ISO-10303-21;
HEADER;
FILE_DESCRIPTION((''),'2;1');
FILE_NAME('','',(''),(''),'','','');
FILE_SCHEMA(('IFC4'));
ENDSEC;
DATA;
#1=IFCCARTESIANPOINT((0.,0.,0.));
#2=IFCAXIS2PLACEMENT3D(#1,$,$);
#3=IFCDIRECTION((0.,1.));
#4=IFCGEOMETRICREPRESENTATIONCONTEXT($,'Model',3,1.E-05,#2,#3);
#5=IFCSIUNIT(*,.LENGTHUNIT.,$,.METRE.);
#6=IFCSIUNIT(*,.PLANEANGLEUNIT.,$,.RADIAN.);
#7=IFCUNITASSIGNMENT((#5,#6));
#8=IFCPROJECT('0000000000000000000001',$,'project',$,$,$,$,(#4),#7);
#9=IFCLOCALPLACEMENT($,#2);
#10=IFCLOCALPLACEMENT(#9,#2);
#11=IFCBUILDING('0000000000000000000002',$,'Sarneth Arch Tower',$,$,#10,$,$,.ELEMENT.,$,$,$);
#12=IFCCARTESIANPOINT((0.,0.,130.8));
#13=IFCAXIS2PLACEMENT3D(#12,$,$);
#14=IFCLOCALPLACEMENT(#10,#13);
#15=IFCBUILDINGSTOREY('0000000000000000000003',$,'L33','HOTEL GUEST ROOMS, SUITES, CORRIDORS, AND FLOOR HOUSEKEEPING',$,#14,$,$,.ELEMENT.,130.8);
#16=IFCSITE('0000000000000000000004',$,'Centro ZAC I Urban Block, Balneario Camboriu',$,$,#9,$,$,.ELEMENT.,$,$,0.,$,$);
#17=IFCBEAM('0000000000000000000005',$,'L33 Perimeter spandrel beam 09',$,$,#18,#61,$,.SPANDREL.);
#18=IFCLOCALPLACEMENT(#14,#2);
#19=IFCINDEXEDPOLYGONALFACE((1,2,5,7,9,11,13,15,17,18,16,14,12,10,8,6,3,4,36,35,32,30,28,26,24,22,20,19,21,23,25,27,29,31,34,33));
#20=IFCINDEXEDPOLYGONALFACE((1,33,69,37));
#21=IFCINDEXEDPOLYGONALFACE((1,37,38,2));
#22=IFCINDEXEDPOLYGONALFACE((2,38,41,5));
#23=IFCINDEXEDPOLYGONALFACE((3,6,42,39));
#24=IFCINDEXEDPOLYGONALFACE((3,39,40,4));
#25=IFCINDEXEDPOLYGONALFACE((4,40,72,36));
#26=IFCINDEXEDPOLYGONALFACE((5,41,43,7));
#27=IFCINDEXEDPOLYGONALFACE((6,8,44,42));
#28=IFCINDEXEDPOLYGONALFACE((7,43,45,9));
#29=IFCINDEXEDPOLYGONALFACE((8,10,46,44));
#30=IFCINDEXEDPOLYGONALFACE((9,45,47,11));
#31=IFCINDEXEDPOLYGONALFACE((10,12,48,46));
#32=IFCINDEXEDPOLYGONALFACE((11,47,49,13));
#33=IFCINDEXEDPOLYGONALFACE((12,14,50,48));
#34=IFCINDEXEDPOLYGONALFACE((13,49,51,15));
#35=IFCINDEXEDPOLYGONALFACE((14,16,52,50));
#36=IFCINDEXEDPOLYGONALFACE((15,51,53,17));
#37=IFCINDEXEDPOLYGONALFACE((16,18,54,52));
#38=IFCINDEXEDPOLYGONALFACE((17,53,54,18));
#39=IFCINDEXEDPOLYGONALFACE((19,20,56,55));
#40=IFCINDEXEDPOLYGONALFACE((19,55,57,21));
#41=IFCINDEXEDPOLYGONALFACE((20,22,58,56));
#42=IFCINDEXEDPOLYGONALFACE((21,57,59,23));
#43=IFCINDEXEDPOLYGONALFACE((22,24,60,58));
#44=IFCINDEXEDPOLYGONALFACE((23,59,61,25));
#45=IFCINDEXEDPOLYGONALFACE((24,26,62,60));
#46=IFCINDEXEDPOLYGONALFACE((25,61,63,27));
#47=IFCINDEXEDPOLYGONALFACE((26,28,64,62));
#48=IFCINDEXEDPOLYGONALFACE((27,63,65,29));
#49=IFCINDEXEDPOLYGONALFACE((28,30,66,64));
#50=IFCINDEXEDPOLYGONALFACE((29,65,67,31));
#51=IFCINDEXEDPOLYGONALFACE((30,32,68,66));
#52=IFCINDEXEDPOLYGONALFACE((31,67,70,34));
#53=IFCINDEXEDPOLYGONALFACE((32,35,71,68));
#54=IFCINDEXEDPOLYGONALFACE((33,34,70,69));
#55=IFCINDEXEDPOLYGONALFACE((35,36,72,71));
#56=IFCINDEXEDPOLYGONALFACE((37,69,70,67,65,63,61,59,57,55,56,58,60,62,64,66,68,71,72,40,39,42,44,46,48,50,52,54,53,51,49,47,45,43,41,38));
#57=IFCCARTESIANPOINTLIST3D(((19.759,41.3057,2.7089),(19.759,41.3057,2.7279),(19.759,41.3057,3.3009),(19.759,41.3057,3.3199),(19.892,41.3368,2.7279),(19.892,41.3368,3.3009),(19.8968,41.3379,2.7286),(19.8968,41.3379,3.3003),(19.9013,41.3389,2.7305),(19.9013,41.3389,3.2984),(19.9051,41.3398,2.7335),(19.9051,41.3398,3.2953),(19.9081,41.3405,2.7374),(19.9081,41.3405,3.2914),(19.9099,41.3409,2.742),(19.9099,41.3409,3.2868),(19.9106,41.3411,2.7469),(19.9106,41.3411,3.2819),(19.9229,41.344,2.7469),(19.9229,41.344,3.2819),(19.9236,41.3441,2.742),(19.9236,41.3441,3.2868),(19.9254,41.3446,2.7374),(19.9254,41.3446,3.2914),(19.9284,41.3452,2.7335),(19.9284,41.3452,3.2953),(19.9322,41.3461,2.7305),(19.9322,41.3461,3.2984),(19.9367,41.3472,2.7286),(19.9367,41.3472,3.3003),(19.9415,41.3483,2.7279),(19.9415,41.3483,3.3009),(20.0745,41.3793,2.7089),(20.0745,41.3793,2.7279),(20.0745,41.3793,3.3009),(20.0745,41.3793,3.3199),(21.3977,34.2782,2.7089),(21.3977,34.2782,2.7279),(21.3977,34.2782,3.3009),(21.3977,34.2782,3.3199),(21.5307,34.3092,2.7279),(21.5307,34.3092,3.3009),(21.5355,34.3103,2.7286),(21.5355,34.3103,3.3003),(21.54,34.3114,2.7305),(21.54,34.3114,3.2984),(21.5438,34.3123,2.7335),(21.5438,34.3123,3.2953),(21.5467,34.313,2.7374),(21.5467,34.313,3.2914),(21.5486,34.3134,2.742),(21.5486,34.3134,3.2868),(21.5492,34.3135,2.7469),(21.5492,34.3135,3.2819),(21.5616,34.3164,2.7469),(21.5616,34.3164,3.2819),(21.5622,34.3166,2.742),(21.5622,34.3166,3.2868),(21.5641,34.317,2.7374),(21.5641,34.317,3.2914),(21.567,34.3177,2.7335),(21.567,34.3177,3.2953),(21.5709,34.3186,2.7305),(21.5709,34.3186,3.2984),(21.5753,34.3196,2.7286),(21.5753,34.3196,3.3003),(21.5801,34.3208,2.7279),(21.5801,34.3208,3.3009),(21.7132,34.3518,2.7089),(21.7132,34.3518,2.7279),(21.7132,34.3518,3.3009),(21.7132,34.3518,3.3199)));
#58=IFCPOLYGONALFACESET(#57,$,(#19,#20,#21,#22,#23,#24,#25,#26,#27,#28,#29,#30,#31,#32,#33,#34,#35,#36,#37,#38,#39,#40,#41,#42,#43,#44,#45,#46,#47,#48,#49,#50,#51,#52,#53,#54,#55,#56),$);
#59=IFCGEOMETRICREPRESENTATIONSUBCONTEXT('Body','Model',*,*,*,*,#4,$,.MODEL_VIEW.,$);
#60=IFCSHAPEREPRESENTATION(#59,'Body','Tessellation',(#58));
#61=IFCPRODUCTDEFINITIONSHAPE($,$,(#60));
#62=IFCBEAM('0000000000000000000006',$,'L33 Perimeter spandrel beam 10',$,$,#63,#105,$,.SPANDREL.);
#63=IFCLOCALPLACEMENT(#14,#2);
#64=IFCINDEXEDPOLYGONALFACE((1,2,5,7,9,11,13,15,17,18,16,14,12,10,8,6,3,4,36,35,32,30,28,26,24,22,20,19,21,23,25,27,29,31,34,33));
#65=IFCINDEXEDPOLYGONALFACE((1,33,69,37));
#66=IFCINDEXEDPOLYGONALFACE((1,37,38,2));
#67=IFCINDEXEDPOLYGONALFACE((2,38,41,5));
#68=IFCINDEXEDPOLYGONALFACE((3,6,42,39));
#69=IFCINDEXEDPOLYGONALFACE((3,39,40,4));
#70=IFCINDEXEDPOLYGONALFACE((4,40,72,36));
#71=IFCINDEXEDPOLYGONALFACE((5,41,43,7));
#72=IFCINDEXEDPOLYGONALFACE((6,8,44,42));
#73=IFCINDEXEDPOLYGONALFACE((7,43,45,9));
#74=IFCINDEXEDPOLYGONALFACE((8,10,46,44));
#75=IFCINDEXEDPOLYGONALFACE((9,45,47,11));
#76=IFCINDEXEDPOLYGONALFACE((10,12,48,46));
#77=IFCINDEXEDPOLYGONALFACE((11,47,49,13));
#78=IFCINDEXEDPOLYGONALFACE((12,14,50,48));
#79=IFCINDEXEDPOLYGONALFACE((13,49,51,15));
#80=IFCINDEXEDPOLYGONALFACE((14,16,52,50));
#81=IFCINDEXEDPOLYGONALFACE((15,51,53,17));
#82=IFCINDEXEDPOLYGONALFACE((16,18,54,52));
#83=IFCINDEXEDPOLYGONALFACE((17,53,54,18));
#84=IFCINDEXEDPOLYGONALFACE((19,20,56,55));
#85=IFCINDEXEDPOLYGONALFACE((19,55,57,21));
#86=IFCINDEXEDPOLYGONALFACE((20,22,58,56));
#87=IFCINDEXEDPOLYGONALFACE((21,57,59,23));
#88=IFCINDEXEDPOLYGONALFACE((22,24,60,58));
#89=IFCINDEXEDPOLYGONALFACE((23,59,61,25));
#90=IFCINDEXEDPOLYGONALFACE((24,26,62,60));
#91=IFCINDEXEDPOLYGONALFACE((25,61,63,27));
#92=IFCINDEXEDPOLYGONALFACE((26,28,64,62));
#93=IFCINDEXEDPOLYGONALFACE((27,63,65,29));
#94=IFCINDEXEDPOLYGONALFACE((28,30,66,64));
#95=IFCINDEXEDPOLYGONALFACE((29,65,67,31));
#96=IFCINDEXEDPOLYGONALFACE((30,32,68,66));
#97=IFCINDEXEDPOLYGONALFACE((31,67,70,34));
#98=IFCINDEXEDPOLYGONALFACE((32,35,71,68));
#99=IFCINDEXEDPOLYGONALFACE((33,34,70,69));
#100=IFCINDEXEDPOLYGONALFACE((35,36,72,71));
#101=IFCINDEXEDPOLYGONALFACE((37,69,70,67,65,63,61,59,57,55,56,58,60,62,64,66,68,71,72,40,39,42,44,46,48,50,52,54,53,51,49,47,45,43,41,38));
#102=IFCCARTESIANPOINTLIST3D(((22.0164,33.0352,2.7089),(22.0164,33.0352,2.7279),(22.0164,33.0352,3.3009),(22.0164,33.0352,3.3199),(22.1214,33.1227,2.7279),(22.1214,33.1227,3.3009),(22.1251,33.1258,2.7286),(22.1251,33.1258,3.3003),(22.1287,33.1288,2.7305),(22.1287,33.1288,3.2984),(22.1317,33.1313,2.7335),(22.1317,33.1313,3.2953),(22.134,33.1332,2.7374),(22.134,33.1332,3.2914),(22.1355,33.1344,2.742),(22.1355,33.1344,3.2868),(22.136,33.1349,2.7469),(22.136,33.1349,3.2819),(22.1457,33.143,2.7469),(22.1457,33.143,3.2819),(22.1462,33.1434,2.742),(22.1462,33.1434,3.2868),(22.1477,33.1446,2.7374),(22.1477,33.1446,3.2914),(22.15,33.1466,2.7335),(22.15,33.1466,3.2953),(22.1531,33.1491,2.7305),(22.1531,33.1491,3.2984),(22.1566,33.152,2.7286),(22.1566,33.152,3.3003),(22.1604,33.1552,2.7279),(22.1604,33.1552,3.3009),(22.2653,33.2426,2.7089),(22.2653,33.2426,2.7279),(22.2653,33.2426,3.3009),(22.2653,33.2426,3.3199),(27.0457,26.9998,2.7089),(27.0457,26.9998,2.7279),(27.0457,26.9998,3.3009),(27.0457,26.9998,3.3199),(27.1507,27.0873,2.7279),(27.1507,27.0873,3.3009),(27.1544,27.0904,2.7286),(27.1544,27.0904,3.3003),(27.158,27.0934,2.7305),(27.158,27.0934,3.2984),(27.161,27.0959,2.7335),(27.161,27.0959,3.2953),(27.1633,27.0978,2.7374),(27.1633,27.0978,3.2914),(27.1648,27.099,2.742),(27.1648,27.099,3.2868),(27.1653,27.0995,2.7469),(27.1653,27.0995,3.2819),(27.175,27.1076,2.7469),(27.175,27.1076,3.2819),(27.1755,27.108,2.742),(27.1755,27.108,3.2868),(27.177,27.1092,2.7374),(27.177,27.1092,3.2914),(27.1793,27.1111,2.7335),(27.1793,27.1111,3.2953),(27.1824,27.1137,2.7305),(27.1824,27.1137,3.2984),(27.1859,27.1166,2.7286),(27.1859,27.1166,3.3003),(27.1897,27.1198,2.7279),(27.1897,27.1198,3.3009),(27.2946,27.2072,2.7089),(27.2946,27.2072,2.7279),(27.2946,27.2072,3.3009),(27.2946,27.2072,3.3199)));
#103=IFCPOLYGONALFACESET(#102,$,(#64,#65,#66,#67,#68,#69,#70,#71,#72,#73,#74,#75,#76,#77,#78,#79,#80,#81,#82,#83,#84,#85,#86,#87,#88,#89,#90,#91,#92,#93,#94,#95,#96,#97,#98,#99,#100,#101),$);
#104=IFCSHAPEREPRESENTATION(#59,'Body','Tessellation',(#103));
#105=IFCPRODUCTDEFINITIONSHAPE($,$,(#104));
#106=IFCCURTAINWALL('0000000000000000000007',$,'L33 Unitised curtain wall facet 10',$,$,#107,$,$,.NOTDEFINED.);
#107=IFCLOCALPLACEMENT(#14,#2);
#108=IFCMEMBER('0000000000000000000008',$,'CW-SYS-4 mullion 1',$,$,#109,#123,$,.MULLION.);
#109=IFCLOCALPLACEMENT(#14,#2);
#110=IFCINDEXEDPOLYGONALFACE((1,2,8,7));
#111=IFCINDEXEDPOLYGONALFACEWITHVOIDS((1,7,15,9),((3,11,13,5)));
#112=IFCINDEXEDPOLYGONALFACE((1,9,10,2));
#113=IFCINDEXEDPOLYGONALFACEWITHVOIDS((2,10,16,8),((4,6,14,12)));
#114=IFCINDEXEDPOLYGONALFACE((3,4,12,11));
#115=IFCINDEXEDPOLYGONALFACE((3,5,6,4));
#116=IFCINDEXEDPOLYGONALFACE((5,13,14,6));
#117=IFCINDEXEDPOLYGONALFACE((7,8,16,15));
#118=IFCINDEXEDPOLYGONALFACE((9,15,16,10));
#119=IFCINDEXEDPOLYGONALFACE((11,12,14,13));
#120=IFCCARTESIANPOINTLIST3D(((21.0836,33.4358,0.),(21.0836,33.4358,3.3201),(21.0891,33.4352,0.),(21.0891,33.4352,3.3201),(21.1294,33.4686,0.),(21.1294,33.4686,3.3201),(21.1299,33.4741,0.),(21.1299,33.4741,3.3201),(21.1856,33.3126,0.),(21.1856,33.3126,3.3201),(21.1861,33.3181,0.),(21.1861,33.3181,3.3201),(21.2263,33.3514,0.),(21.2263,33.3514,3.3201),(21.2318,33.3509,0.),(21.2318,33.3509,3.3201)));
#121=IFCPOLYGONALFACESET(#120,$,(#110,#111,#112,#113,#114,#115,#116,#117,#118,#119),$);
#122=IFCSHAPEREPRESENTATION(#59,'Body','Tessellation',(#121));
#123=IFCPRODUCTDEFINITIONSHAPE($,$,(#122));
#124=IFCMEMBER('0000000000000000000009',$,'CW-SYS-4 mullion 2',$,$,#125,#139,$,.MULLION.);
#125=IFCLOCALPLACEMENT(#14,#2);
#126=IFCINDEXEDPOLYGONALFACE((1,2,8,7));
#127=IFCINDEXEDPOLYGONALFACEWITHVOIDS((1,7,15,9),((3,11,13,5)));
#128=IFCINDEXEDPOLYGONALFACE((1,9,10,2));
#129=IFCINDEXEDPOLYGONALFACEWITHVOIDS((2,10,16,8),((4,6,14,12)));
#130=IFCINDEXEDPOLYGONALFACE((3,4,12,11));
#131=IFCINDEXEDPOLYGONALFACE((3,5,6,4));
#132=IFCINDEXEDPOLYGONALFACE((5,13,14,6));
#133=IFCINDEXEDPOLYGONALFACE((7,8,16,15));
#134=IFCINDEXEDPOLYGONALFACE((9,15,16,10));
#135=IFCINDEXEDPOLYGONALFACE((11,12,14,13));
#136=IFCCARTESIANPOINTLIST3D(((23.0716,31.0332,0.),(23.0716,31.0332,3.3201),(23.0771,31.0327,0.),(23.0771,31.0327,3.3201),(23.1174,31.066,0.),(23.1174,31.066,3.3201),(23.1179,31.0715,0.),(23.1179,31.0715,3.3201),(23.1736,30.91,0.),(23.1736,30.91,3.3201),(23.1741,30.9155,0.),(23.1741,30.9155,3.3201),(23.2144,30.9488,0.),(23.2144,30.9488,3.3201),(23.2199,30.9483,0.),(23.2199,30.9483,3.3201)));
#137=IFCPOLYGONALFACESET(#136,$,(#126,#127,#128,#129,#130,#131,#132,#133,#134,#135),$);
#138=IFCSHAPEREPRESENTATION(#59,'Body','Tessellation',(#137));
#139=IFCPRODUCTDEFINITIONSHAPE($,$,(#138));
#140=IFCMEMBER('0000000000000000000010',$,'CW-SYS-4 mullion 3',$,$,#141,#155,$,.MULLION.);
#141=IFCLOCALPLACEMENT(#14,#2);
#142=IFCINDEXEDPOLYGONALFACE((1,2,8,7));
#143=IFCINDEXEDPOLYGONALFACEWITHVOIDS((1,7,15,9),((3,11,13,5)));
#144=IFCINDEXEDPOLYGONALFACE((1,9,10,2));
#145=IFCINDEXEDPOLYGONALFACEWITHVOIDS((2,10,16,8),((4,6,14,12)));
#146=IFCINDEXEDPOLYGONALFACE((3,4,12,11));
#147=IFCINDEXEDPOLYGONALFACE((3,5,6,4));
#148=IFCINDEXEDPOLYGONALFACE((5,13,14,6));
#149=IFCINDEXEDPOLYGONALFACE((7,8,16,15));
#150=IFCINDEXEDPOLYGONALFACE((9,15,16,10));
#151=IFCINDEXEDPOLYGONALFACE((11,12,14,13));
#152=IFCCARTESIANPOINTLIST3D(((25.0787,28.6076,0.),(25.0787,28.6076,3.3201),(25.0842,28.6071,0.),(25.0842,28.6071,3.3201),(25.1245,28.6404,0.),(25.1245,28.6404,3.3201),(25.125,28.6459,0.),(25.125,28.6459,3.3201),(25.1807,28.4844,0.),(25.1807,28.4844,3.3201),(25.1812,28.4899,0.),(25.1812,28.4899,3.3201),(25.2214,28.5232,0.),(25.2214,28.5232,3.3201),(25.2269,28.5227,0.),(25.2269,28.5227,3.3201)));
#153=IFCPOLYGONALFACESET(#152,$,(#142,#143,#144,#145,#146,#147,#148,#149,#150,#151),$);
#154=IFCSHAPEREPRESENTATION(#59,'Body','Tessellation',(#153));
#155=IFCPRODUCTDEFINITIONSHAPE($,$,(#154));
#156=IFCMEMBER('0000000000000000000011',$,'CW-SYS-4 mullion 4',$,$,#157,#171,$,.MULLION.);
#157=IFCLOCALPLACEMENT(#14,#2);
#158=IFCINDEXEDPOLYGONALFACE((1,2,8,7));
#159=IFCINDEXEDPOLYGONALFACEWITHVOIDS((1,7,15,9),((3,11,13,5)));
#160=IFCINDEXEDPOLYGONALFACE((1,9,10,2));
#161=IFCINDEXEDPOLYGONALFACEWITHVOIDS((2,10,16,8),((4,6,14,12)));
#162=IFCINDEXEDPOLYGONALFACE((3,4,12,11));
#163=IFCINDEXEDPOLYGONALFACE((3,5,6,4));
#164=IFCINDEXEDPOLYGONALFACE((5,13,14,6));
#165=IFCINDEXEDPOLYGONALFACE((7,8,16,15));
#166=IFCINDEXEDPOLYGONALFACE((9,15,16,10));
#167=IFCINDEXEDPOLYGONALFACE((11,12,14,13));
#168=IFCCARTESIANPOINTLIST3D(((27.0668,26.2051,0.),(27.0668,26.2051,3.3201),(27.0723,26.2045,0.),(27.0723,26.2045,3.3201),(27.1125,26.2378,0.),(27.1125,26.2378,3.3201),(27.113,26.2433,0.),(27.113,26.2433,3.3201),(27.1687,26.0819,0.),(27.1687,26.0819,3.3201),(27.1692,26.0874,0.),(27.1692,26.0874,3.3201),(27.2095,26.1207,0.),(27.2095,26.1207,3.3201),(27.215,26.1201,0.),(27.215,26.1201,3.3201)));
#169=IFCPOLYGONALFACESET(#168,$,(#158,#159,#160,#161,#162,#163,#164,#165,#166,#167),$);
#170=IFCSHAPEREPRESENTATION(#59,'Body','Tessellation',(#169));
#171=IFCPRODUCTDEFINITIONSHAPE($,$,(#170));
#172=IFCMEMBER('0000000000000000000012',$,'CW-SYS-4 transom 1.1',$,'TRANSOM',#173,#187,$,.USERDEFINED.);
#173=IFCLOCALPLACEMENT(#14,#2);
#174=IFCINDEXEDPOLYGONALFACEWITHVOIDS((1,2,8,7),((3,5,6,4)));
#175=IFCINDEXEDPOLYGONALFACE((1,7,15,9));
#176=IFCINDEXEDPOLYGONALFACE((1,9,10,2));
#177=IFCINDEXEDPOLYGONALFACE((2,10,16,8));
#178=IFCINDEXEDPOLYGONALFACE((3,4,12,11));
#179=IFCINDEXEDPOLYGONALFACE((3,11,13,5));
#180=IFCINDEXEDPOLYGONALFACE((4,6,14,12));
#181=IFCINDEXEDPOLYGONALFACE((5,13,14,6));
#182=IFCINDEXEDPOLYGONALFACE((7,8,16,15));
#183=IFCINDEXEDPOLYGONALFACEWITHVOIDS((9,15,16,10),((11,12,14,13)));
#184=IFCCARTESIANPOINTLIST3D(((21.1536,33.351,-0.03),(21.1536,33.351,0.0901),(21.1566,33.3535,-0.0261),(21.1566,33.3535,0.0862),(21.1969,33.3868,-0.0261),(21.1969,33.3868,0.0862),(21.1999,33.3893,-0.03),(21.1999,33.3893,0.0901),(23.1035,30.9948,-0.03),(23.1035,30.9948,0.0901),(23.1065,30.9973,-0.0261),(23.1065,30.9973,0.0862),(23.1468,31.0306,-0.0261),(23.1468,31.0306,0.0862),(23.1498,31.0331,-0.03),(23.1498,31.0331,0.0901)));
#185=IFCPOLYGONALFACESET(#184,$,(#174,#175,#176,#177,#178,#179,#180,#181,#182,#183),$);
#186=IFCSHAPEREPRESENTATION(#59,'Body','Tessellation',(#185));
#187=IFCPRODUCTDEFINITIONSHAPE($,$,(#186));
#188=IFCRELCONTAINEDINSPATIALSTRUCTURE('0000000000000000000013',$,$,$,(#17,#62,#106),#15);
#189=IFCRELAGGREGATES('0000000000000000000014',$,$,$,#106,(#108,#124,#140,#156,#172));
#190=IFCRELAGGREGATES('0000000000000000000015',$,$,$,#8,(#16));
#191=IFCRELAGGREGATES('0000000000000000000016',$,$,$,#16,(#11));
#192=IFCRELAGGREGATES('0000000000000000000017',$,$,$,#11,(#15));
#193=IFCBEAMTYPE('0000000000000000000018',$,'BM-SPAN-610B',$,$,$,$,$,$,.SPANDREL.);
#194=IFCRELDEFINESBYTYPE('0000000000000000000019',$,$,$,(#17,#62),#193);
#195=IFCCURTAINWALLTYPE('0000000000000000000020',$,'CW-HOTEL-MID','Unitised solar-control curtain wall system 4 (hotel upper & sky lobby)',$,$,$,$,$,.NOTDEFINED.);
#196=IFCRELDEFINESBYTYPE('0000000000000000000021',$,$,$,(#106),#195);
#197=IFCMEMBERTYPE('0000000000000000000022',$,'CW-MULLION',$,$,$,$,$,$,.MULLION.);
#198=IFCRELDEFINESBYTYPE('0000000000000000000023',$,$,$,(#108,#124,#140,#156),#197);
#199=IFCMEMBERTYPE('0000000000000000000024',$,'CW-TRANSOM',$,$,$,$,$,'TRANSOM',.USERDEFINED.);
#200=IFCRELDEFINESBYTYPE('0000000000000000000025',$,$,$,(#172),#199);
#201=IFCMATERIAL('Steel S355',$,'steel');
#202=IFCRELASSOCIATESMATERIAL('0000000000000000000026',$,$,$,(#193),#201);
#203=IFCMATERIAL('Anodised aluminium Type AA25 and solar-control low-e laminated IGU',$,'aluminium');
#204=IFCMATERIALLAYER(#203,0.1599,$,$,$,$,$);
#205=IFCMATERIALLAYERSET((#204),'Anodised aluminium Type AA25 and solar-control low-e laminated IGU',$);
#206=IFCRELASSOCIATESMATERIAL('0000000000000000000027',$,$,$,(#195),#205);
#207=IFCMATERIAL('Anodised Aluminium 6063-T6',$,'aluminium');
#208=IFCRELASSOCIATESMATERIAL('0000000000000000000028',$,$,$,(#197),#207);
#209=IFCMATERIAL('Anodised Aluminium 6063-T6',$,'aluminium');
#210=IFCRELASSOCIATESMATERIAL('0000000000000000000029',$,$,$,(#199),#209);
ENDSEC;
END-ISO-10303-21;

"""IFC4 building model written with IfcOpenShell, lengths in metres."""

from ifc_helpers import new_model, si_unit, direction, frame, origin, origin_2d, place, context, subcontext, project, spatial, hollow_rectangle, i_section, extrude, material, layer, layer_set, material_profile, profile_set, type_object, element, aggregate, save


model = new_model("IFC4")

# Units and contexts
model_context = context("Model", 3, precision=1e-05, world=origin(), true_north=direction((0.0, 1.0)))
body_context = subcontext(model_context, "Body", "Model", "MODEL_VIEW")
ifc_project = project(units=[si_unit("LENGTHUNIT", "METRE"), si_unit("PLANEANGLEUNIT", "RADIAN")], contexts=[model_context])

# Site, building, storey
site_placement = place(None, origin())
site = spatial("IfcSite", under=ifc_project, at=site_placement, Name="Centro ZAC I Urban Block, Balneario Camboriu", CompositionType="ELEMENT", RefElevation=0.0)
building_placement = place(site_placement, origin())
building = spatial("IfcBuilding", under=site, at=building_placement, Name="Sarneth Arch Tower", CompositionType="ELEMENT")
storey_placement = place(building_placement, frame((0.0, 0.0, 130.8)))
storey = spatial("IfcBuildingStorey", under=building, at=storey_placement, Name="L33", Description="HOTEL GUEST ROOMS, SUITES, CORRIDORS, AND FLOOR HOUSEKEEPING", CompositionType="ELEMENT", Elevation=130.8)

# Beams
ifc_material_1 = material(Name="Steel S355", Category="steel")
ifc_material_profile_1 = material_profile(ifc_material_1, i_section(OverallWidth=0.324, OverallDepth=0.6111, WebThickness=0.0127, FlangeThickness=0.019, FilletRadius=0.019, at=origin_2d()), Name="W610x155")
ifc_profile_set_1 = profile_set([ifc_material_profile_1], Name="Steel S355")
beam_type = type_object("IfcBeamType", Name="BM-SPAN-610B", PredefinedType="SPANDREL", material=ifc_profile_set_1)
beam_1_placement = place(storey_placement, frame((19.9167, 41.3425, 3.0144), z_axis=(0.227085, -0.973875, 0.0), x_axis=(0.973875, 0.227085, 0.0)))
element("IfcBeam", 1, at=beam_1_placement, inside=storey, type_object=beam_type, Name="L33 Perimeter spandrel beam 09", PredefinedType="SPANDREL", context=body_context, shape_type="SweptSolid", body=[
    extrude(i_section(OverallWidth=0.324, OverallDepth=0.6111, WebThickness=0.0127, FlangeThickness=0.019, FilletRadius=0.019, at=origin_2d()), origin(), (0.0, 0.0, 1.0), 7.2161),
])
beam_2_placement = place(storey_placement, frame((22.1409, 33.1389, 3.0144), z_axis=(0.640169, -0.768234, 0.0), x_axis=(0.768234, 0.640169, 0.0)))
element("IfcBeam", 2, at=beam_2_placement, inside=storey, type_object=beam_type, Name="L33 Perimeter spandrel beam 10", PredefinedType="SPANDREL", context=body_context, shape_type="SweptSolid", body=[
    extrude(i_section(OverallWidth=0.324, OverallDepth=0.6111, WebThickness=0.0127, FlangeThickness=0.019, FilletRadius=0.019, at=origin_2d()), origin(), (0.0, 0.0, 1.0), 7.8562),
])

# Curtain wall, members
ifc_material_2 = material(Name="Anodised aluminium Type AA25 and solar-control low-e laminated IGU", Category="aluminium")
ifc_layer_1 = layer(ifc_material_2, 0.1599)
ifc_layer_set_1 = layer_set([ifc_layer_1], Name="Anodised aluminium Type AA25 and solar-control low-e laminated IGU")
curtain_wall_type = type_object("IfcCurtainWallType", Name="CW-HOTEL-MID", Description="Unitised solar-control curtain wall system 4 (hotel upper & sky lobby)", PredefinedType="NOTDEFINED", material=ifc_layer_set_1)
curtain_wall_placement = place(storey_placement, origin())
curtain_wall = element("IfcCurtainWall", 3, at=curtain_wall_placement, inside=storey, type_object=curtain_wall_type, Name="L33 Unitised curtain wall facet 10", PredefinedType="NOTDEFINED")
ifc_material_3 = material(Name="Anodised Aluminium 6063-T6", Category="aluminium")
ifc_material_profile_2 = material_profile(ifc_material_3, hollow_rectangle(XDim=0.0601, YDim=0.1599, WallThickness=0.0039, at=origin_2d()), Name="AL-MULL-160x60x4")
ifc_profile_set_2 = profile_set([ifc_material_profile_2], Name="Anodised Aluminium 6063-T6")
member_type_1 = type_object("IfcMemberType", Name="CW-MULLION", PredefinedType="MULLION", material=ifc_profile_set_2)
member_1_placement = place(storey_placement, frame((21.1577, 33.3933, 0.0), z_axis=(0.0, 0.0, 1.0), x_axis=(0.770438, 0.637515, 0.0)))
member_1 = element("IfcMember", 4, at=member_1_placement, type_object=member_type_1, Name="CW-SYS-4 mullion 1", PredefinedType="MULLION", context=body_context, shape_type="SweptSolid", body=[
    extrude(hollow_rectangle(XDim=0.0601, YDim=0.1599, WallThickness=0.0039, at=origin_2d()), origin(), (0.0, 0.0, 1.0), 3.3201),
])
member_2_placement = place(storey_placement, frame((23.1458, 30.9907, 0.0), z_axis=(0.0, 0.0, 1.0), x_axis=(0.770438, 0.637515, 0.0)))
member_2 = element("IfcMember", 5, at=member_2_placement, type_object=member_type_1, Name="CW-SYS-4 mullion 2", PredefinedType="MULLION", context=body_context, shape_type="SweptSolid", body=[
    extrude(hollow_rectangle(XDim=0.0601, YDim=0.1599, WallThickness=0.0039, at=origin_2d()), origin(), (0.0, 0.0, 1.0), 3.3201),
])
member_3_placement = place(storey_placement, frame((25.1528, 28.5652, 0.0), z_axis=(0.0, 0.0, 1.0), x_axis=(0.770438, 0.637515, 0.0)))
member_3 = element("IfcMember", 6, at=member_3_placement, type_object=member_type_1, Name="CW-SYS-4 mullion 3", PredefinedType="MULLION", context=body_context, shape_type="SweptSolid", body=[
    extrude(hollow_rectangle(XDim=0.0601, YDim=0.1599, WallThickness=0.0039, at=origin_2d()), origin(), (0.0, 0.0, 1.0), 3.3201),
])
member_4_placement = place(storey_placement, frame((27.1409, 26.1626, 0.0), z_axis=(0.0, 0.0, 1.0), x_axis=(0.770438, 0.637515, 0.0)))
member_4 = element("IfcMember", 7, at=member_4_placement, type_object=member_type_1, Name="CW-SYS-4 mullion 4", PredefinedType="MULLION", context=body_context, shape_type="SweptSolid", body=[
    extrude(hollow_rectangle(XDim=0.0601, YDim=0.1599, WallThickness=0.0039, at=origin_2d()), origin(), (0.0, 0.0, 1.0), 3.3201),
])
ifc_material_4 = material(Name="Anodised Aluminium 6063-T6", Category="aluminium")
ifc_material_profile_3 = material_profile(ifc_material_4, hollow_rectangle(XDim=0.0601, YDim=0.1201, WallThickness=0.0039, at=origin_2d()), Name="AL-TRAN-120x60x4")
ifc_profile_set_3 = profile_set([ifc_material_profile_3], Name="Anodised Aluminium 6063-T6")
member_type_2 = type_object("IfcMemberType", Name="CW-TRANSOM", ElementType="TRANSOM", PredefinedType="USERDEFINED", material=ifc_profile_set_3)
member_5_placement = place(storey_placement, frame((21.1768, 33.3701, 0.03), z_axis=(0.637566, -0.770396, 0.0), x_axis=(0.770396, 0.637566, 0.0)))
member_5 = element("IfcMember", 8, at=member_5_placement, type_object=member_type_2, Name="CW-SYS-4 transom 1.1", ObjectType="TRANSOM", PredefinedType="USERDEFINED", context=body_context, shape_type="SweptSolid", body=[
    extrude(hollow_rectangle(XDim=0.0601, YDim=0.1201, WallThickness=0.0039, at=origin_2d()), origin(), (0.0, 0.0, 1.0), 3.0583),
])

aggregate(curtain_wall, [member_1, member_2, member_3, member_4, member_5])

save(model, "model.ifc")
